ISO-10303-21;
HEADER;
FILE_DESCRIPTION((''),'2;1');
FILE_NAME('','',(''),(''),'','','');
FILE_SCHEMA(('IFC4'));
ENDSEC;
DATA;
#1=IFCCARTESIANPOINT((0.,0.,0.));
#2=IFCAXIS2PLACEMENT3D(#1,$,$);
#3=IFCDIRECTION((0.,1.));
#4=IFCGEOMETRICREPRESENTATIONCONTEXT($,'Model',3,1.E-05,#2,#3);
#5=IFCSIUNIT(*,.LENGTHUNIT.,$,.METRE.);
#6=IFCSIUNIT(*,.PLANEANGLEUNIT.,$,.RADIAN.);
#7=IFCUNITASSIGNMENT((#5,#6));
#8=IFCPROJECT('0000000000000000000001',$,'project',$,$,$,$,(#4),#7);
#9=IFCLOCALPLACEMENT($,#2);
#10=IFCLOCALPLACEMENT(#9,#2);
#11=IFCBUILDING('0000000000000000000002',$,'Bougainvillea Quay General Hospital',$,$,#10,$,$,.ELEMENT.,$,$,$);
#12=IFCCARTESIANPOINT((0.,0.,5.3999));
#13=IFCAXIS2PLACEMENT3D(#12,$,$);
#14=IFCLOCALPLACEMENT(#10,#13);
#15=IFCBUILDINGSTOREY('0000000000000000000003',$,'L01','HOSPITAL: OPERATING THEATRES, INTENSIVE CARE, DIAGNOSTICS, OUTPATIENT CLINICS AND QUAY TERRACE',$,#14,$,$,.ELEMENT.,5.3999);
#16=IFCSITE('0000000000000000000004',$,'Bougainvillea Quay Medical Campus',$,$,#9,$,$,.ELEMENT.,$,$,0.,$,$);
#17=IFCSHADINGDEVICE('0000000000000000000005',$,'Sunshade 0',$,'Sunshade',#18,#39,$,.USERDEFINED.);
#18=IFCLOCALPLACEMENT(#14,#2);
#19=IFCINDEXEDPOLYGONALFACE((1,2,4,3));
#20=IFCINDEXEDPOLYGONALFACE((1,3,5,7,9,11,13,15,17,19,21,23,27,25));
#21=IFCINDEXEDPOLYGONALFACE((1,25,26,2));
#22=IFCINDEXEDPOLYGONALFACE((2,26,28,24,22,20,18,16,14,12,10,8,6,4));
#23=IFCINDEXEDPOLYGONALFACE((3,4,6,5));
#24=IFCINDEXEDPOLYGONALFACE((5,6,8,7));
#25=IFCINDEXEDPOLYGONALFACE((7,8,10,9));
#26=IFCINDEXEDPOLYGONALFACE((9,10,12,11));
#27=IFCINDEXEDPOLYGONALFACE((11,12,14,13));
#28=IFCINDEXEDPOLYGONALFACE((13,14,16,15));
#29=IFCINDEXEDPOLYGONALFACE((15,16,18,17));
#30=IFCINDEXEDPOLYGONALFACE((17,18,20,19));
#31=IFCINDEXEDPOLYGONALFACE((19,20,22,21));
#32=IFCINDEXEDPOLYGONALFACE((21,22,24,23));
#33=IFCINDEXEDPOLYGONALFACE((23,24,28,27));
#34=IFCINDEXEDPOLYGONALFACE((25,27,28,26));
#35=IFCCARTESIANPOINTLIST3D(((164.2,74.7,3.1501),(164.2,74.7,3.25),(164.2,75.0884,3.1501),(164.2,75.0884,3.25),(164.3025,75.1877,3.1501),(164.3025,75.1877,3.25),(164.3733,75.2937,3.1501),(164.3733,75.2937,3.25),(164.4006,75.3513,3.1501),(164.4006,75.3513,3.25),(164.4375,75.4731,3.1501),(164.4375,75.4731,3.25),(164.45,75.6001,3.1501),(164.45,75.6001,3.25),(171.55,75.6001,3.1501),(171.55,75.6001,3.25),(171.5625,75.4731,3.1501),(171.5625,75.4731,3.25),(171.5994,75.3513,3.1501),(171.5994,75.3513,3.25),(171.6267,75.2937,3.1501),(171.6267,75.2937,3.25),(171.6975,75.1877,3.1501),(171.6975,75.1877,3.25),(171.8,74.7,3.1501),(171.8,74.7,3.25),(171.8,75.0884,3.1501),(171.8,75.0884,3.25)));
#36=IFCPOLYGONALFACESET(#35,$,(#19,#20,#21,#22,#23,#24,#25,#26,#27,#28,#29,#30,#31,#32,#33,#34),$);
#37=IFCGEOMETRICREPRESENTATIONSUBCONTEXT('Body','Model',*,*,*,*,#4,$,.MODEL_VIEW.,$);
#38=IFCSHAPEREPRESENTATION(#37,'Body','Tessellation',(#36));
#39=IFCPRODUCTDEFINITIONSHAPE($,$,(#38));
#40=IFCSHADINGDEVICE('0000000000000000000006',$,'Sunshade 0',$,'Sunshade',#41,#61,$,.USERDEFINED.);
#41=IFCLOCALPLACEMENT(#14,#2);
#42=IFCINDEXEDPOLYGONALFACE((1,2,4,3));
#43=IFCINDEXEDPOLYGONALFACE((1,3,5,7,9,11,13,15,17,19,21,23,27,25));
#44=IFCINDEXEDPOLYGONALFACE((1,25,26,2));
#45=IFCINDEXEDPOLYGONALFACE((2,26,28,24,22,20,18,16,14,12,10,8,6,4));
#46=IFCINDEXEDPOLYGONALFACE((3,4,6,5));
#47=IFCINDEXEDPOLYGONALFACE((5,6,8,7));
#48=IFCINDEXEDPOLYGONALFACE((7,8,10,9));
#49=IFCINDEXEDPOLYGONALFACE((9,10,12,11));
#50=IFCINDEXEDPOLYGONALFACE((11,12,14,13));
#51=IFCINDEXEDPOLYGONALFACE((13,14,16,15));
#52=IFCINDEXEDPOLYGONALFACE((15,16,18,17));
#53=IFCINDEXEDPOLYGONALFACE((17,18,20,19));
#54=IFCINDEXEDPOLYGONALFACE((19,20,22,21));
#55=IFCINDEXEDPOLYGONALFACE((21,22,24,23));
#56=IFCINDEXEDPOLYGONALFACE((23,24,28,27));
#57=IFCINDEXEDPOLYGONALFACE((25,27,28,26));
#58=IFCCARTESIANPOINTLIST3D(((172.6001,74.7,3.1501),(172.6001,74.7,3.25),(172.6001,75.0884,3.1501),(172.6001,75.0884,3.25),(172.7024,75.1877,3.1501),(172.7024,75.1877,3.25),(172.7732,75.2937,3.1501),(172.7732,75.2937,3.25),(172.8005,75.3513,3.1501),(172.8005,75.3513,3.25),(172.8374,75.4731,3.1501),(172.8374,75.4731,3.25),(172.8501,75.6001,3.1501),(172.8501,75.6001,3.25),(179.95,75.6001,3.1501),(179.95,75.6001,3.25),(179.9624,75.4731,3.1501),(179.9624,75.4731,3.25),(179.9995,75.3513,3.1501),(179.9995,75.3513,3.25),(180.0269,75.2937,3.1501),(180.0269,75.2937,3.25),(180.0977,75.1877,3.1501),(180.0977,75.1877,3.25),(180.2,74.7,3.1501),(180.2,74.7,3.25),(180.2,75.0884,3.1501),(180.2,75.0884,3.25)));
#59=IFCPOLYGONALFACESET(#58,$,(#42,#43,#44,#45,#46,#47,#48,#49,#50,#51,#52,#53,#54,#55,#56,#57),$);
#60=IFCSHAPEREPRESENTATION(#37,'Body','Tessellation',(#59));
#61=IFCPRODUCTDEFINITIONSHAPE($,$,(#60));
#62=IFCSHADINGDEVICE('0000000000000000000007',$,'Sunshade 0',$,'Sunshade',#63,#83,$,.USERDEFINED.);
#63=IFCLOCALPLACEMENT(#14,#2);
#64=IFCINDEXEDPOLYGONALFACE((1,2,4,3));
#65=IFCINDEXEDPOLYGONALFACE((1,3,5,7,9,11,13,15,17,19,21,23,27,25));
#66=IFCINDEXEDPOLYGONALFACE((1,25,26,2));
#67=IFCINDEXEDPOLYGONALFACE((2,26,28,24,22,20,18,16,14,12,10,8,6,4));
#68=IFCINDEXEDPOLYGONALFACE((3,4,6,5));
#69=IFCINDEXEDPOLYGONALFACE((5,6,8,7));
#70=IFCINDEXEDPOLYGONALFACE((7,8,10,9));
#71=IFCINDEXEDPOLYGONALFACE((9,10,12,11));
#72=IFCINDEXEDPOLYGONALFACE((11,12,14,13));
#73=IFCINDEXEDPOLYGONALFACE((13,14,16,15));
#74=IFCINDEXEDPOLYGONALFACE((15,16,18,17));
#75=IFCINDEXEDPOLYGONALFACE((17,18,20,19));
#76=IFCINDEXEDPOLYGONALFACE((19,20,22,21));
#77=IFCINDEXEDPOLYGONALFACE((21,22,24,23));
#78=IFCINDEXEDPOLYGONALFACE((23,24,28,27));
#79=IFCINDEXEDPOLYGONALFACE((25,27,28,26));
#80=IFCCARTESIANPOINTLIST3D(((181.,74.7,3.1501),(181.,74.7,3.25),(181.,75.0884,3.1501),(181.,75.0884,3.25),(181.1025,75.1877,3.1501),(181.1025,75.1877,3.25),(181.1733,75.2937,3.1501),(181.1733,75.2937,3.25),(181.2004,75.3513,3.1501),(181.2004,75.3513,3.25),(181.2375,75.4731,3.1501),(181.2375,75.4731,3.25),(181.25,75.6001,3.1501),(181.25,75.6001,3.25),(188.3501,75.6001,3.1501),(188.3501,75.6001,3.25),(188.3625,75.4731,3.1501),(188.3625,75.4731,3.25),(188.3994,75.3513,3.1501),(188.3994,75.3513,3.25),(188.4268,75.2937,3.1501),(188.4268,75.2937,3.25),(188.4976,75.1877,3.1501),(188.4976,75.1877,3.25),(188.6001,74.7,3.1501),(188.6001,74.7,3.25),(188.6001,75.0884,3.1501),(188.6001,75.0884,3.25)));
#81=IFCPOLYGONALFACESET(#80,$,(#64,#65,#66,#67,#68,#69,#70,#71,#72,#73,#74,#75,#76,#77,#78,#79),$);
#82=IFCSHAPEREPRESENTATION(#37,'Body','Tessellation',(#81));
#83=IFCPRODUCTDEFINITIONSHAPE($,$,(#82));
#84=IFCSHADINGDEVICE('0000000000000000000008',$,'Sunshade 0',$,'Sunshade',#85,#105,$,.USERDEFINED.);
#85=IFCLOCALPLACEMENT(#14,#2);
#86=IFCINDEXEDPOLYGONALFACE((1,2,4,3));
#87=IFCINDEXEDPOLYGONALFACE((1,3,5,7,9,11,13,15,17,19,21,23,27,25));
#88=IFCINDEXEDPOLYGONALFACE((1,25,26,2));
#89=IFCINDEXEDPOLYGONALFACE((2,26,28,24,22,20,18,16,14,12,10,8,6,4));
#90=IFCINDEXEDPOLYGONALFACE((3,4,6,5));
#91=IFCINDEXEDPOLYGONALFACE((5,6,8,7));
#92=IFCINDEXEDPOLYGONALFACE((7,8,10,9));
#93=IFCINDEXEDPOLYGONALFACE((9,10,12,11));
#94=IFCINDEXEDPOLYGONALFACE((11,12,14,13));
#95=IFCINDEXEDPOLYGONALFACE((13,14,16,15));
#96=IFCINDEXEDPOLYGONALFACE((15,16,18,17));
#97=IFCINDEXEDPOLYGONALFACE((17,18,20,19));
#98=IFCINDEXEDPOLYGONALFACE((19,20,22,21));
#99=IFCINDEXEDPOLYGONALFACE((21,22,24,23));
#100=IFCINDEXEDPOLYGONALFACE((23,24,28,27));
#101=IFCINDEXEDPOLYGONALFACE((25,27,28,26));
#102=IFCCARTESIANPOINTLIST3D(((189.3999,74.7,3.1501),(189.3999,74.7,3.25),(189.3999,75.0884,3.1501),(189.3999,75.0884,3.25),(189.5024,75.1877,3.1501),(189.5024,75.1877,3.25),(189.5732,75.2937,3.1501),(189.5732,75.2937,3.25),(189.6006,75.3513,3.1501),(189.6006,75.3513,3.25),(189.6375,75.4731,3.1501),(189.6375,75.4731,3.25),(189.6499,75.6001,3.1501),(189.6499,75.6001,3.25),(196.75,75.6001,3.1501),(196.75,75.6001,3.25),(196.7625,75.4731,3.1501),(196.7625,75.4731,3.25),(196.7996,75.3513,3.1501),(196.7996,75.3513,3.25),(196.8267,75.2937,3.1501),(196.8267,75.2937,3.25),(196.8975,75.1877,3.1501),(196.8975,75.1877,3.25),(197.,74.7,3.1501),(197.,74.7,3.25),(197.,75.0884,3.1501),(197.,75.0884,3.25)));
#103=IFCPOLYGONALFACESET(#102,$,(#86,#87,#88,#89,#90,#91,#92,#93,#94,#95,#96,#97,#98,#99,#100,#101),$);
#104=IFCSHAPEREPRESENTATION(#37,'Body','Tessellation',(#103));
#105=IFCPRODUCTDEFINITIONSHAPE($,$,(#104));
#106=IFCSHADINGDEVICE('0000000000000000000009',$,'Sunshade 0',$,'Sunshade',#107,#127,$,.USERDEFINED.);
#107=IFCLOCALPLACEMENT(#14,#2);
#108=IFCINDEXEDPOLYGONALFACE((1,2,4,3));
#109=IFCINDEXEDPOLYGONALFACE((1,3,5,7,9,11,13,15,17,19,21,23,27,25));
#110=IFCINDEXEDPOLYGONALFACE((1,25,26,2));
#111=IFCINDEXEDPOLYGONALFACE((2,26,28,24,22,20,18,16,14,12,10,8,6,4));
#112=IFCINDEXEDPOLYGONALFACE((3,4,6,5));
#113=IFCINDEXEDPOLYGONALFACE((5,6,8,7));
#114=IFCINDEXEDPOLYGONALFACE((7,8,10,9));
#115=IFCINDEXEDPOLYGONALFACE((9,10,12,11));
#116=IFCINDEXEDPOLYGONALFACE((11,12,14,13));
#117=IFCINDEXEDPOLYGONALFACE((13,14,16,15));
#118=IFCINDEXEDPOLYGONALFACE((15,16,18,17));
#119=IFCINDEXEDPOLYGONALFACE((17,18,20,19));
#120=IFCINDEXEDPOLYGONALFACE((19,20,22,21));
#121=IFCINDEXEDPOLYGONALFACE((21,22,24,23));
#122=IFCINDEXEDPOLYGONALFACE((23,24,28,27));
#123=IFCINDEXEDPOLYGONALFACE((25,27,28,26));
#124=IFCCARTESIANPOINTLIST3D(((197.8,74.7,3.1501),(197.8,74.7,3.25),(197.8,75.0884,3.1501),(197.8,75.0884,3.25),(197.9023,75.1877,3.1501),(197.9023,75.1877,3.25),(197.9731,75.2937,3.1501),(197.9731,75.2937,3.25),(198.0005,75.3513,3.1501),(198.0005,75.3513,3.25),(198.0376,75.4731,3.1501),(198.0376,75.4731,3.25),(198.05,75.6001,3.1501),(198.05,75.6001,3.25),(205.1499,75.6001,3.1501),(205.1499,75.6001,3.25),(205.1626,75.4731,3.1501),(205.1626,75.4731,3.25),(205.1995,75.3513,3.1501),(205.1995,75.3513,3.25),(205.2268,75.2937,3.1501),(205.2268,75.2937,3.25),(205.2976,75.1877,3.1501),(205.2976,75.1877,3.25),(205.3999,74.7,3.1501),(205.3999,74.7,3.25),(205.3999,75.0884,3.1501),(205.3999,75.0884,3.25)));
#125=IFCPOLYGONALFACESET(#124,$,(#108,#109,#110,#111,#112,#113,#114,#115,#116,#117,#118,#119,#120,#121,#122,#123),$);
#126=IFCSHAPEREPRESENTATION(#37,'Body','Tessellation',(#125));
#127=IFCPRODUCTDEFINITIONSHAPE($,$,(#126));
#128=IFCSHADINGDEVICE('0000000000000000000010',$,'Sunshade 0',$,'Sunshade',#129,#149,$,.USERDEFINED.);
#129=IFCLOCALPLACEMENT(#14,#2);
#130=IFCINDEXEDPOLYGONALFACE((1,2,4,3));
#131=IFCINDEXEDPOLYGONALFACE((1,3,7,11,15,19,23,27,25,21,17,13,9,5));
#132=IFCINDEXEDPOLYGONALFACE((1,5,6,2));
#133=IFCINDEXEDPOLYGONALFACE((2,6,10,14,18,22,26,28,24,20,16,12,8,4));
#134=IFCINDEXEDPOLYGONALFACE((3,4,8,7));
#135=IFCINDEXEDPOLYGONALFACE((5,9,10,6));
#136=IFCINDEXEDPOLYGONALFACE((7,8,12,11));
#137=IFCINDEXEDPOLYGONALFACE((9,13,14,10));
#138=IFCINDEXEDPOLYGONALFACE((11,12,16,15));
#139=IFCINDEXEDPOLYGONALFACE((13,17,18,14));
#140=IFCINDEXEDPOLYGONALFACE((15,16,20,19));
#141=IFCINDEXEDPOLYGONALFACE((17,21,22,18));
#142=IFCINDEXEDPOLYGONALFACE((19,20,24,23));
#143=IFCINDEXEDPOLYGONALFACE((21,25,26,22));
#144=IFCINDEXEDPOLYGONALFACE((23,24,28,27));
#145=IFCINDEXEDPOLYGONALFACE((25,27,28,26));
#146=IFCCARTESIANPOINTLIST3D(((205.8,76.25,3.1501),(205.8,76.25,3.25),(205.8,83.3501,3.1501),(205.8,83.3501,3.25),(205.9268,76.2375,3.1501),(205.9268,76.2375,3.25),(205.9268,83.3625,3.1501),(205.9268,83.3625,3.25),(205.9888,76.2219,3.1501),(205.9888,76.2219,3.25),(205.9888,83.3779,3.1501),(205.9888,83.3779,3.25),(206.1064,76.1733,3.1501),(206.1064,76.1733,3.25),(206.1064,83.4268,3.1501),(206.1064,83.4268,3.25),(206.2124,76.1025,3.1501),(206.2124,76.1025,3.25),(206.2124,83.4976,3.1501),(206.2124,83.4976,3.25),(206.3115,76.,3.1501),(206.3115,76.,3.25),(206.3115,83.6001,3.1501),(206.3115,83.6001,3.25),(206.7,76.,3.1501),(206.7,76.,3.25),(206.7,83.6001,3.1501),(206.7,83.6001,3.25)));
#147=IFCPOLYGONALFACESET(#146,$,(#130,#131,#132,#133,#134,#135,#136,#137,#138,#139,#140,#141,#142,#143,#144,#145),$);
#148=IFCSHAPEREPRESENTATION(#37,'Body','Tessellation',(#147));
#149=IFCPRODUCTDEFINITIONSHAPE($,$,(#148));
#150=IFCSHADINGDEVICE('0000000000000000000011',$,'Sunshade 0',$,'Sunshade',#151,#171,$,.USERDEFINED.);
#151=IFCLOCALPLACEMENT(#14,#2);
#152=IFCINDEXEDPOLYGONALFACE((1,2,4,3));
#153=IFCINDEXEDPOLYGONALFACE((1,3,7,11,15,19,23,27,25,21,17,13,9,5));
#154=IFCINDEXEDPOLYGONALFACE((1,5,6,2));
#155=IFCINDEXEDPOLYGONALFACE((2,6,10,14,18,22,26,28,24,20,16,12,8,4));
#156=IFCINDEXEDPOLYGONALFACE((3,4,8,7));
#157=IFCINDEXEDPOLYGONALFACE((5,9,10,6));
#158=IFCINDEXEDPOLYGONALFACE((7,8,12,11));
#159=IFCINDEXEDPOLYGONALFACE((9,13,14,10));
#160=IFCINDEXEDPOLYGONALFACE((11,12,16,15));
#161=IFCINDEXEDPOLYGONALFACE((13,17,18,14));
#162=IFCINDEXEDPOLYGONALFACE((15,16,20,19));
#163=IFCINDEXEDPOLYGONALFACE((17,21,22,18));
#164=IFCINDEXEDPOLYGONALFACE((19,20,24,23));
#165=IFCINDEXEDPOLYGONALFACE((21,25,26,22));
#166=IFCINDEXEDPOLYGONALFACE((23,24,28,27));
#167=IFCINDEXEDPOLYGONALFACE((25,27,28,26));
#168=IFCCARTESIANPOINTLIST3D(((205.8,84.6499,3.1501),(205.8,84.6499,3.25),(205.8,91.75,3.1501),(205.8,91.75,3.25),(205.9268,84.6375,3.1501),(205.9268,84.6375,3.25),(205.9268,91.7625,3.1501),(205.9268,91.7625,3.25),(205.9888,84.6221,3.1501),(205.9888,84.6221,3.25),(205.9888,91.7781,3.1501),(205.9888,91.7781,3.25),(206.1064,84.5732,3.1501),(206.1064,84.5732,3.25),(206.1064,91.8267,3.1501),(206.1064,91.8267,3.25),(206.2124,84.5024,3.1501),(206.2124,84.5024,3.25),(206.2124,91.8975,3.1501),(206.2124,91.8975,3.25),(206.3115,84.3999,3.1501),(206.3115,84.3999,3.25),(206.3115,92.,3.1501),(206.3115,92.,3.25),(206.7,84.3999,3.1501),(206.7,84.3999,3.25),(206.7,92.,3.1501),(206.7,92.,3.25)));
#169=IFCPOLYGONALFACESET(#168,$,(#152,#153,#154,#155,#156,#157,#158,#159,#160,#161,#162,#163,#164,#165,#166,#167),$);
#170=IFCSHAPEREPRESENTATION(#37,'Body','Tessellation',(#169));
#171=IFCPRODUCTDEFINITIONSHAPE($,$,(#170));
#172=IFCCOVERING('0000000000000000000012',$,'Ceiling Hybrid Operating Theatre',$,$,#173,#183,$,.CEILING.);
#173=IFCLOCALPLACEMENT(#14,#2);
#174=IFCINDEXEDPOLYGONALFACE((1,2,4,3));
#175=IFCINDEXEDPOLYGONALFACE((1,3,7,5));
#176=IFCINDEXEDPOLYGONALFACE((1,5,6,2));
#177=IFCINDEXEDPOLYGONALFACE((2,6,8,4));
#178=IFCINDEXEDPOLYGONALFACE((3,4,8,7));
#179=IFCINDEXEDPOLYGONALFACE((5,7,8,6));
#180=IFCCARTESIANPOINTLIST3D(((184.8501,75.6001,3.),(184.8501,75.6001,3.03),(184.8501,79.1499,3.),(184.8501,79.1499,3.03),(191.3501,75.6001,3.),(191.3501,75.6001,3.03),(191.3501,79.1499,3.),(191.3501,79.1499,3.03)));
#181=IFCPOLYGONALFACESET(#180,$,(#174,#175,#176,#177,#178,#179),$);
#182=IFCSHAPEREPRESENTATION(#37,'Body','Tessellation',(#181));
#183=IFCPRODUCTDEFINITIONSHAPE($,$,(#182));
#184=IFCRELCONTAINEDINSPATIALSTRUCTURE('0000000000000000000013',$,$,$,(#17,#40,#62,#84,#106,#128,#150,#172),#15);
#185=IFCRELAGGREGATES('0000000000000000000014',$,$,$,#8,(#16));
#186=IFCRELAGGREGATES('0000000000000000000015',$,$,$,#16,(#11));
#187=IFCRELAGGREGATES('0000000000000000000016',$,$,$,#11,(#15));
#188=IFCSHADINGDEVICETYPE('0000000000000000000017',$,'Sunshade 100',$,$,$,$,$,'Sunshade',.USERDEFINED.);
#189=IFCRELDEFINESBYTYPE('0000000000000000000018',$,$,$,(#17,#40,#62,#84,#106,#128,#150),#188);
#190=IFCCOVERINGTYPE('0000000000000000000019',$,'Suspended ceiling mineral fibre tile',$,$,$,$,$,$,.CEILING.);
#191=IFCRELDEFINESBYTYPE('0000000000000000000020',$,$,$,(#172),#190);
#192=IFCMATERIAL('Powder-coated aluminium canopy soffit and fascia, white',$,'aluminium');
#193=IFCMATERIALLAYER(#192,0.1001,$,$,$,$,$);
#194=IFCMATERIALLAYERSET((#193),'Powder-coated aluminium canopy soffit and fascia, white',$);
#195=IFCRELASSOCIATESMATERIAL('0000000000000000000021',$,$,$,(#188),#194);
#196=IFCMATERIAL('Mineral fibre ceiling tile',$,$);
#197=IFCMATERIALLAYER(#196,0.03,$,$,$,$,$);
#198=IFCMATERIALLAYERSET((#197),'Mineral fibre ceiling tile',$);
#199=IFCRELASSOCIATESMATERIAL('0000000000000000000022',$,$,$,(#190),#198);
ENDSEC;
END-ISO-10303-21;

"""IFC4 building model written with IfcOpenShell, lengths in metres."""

from ifc_helpers import new_model, si_unit, direction, frame, origin, place, context, subcontext, project, spatial, polyline, outline, extrude, material, layer, layer_set, type_object, element, save


model = new_model("IFC4")

# Units and contexts
model_context = context("Model", 3, precision=1e-05, world=origin(), true_north=direction((0.0, 1.0)))
body_context = subcontext(model_context, "Body", "Model", "MODEL_VIEW")
ifc_project = project(units=[si_unit("LENGTHUNIT", "METRE"), si_unit("PLANEANGLEUNIT", "RADIAN")], contexts=[model_context])

# Site, building, storey
site_placement = place(None, origin())
site = spatial("IfcSite", under=ifc_project, at=site_placement, Name="Bougainvillea Quay Medical Campus", CompositionType="ELEMENT", RefElevation=0.0)
building_placement = place(site_placement, origin())
building = spatial("IfcBuilding", under=site, at=building_placement, Name="Bougainvillea Quay General Hospital", CompositionType="ELEMENT")
storey_placement = place(building_placement, frame((0.0, 0.0, 5.3999)))
storey = spatial("IfcBuildingStorey", under=building, at=storey_placement, Name="L01", Description="HOSPITAL: OPERATING THEATRES, INTENSIVE CARE, DIAGNOSTICS, OUTPATIENT CLINICS AND QUAY TERRACE", CompositionType="ELEMENT", Elevation=5.3999)

# Shading devices
ifc_material_1 = material(Name="Powder-coated aluminium canopy soffit and fascia, white", Category="aluminium")
ifc_layer_1 = layer(ifc_material_1, 0.1001)
ifc_layer_set_1 = layer_set([ifc_layer_1], Name="Powder-coated aluminium canopy soffit and fascia, white")
shading_device_type = type_object("IfcShadingDeviceType", Name="Sunshade 100", ElementType="Sunshade", PredefinedType="USERDEFINED", material=ifc_layer_set_1)
shading_device_1_placement = place(storey_placement, frame((0.0, 0.0, 3.1501)))
element("IfcShadingDevice", 1, at=shading_device_1_placement, inside=storey, type_object=shading_device_type, Name="Sunshade 0", ObjectType="Sunshade", PredefinedType="USERDEFINED", context=body_context, shape_type="SweptSolid", body=[
    extrude(outline(polyline([(171.55, 75.6001), (164.45, 75.6001), (164.4375, 75.4731), (164.4006, 75.3513), (164.3733, 75.2937), (164.3025, 75.1877), (164.2, 75.0884), (164.2, 74.7), (171.8, 74.7), (171.8, 75.0884), (171.6975, 75.1877), (171.6267, 75.2937), (171.5994, 75.3513), (171.5625, 75.4731), (171.55, 75.6001)])), origin(), (0.0, 0.0, 1.0), 0.0999),
])
shading_device_2_placement = place(storey_placement, frame((0.0, 0.0, 3.1501)))
element("IfcShadingDevice", 2, at=shading_device_2_placement, inside=storey, type_object=shading_device_type, Name="Sunshade 0", ObjectType="Sunshade", PredefinedType="USERDEFINED", context=body_context, shape_type="SweptSolid", body=[
    extrude(outline(polyline([(179.95, 75.6001), (172.8501, 75.6001), (172.8374, 75.4731), (172.8005, 75.3513), (172.7732, 75.2937), (172.7024, 75.1877), (172.6001, 75.0884), (172.6001, 74.7), (180.2, 74.7), (180.2, 75.0884), (180.0977, 75.1877), (180.0269, 75.2937), (179.9995, 75.3513), (179.9624, 75.4731), (179.95, 75.6001)])), origin(), (0.0, 0.0, 1.0), 0.0999),
])
shading_device_3_placement = place(storey_placement, frame((0.0, 0.0, 3.1501)))
element("IfcShadingDevice", 3, at=shading_device_3_placement, inside=storey, type_object=shading_device_type, Name="Sunshade 0", ObjectType="Sunshade", PredefinedType="USERDEFINED", context=body_context, shape_type="SweptSolid", body=[
    extrude(outline(polyline([(188.3501, 75.6001), (181.25, 75.6001), (181.2375, 75.4731), (181.2004, 75.3513), (181.1733, 75.2937), (181.1025, 75.1877), (181.0, 75.0884), (181.0, 74.7), (188.6001, 74.7), (188.6001, 75.0884), (188.4976, 75.1877), (188.4268, 75.2937), (188.3994, 75.3513), (188.3625, 75.4731), (188.3501, 75.6001)])), origin(), (0.0, 0.0, 1.0), 0.0999),
])
shading_device_4_placement = place(storey_placement, frame((0.0, 0.0, 3.1501)))
element("IfcShadingDevice", 4, at=shading_device_4_placement, inside=storey, type_object=shading_device_type, Name="Sunshade 0", ObjectType="Sunshade", PredefinedType="USERDEFINED", context=body_context, shape_type="SweptSolid", body=[
    extrude(outline(polyline([(196.75, 75.6001), (189.6499, 75.6001), (189.6375, 75.4731), (189.6006, 75.3513), (189.5732, 75.2937), (189.5024, 75.1877), (189.3999, 75.0884), (189.3999, 74.7), (197.0, 74.7), (197.0, 75.0884), (196.8975, 75.1877), (196.8267, 75.2937), (196.7996, 75.3513), (196.7625, 75.4731), (196.75, 75.6001)])), origin(), (0.0, 0.0, 1.0), 0.0999),
])
shading_device_5_placement = place(storey_placement, frame((0.0, 0.0, 3.1501)))
element("IfcShadingDevice", 5, at=shading_device_5_placement, inside=storey, type_object=shading_device_type, Name="Sunshade 0", ObjectType="Sunshade", PredefinedType="USERDEFINED", context=body_context, shape_type="SweptSolid", body=[
    extrude(outline(polyline([(205.1499, 75.6001), (198.05, 75.6001), (198.0376, 75.4731), (198.0005, 75.3513), (197.9731, 75.2937), (197.9023, 75.1877), (197.8, 75.0884), (197.8, 74.7), (205.3999, 74.7), (205.3999, 75.0884), (205.2976, 75.1877), (205.2268, 75.2937), (205.1995, 75.3513), (205.1626, 75.4731), (205.1499, 75.6001)])), origin(), (0.0, 0.0, 1.0), 0.0999),
])
shading_device_6_placement = place(storey_placement, frame((0.0, 0.0, 3.1501)))
element("IfcShadingDevice", 6, at=shading_device_6_placement, inside=storey, type_object=shading_device_type, Name="Sunshade 0", ObjectType="Sunshade", PredefinedType="USERDEFINED", context=body_context, shape_type="SweptSolid", body=[
    extrude(outline(polyline([(205.8, 83.3501), (205.8, 76.25), (205.9268, 76.2375), (205.9888, 76.2219), (206.1064, 76.1733), (206.2124, 76.1025), (206.3115, 76.0), (206.7, 76.0), (206.7, 83.6001), (206.3115, 83.6001), (206.2124, 83.4976), (206.1064, 83.4268), (205.9888, 83.3779), (205.9268, 83.3625), (205.8, 83.3501)])), origin(), (0.0, 0.0, 1.0), 0.0999),
])
shading_device_7_placement = place(storey_placement, frame((0.0, 0.0, 3.1501)))
element("IfcShadingDevice", 7, at=shading_device_7_placement, inside=storey, type_object=shading_device_type, Name="Sunshade 0", ObjectType="Sunshade", PredefinedType="USERDEFINED", context=body_context, shape_type="SweptSolid", body=[
    extrude(outline(polyline([(205.8, 91.75), (205.8, 84.6499), (205.9268, 84.6375), (205.9888, 84.6221), (206.1064, 84.5732), (206.2124, 84.5024), (206.3115, 84.3999), (206.7, 84.3999), (206.7, 92.0), (206.3115, 92.0), (206.2124, 91.8975), (206.1064, 91.8267), (205.9888, 91.7781), (205.9268, 91.7625), (205.8, 91.75)])), origin(), (0.0, 0.0, 1.0), 0.0999),
])

# Covering
ifc_material_2 = material(Name="Mineral fibre ceiling tile")
ifc_layer_2 = layer(ifc_material_2, 0.03)
ifc_layer_set_2 = layer_set([ifc_layer_2], Name="Mineral fibre ceiling tile")
covering_type = type_object("IfcCoveringType", Name="Suspended ceiling mineral fibre tile", PredefinedType="CEILING", material=ifc_layer_set_2)
covering_1_placement = place(storey_placement, frame((0.0, 0.0, 3.0)))
element("IfcCovering", 8, at=covering_1_placement, inside=storey, type_object=covering_type, Name="Ceiling Hybrid Operating Theatre", PredefinedType="CEILING", context=body_context, shape_type="SweptSolid", body=[
    extrude(outline(polyline([(191.3501, 75.6001), (191.3501, 79.1499), (184.8501, 79.1499), (184.8501, 75.6001), (191.3501, 75.6001)])), origin(), (0.0, 0.0, 1.0), 0.03),
])

save(model, "model.ifc")
